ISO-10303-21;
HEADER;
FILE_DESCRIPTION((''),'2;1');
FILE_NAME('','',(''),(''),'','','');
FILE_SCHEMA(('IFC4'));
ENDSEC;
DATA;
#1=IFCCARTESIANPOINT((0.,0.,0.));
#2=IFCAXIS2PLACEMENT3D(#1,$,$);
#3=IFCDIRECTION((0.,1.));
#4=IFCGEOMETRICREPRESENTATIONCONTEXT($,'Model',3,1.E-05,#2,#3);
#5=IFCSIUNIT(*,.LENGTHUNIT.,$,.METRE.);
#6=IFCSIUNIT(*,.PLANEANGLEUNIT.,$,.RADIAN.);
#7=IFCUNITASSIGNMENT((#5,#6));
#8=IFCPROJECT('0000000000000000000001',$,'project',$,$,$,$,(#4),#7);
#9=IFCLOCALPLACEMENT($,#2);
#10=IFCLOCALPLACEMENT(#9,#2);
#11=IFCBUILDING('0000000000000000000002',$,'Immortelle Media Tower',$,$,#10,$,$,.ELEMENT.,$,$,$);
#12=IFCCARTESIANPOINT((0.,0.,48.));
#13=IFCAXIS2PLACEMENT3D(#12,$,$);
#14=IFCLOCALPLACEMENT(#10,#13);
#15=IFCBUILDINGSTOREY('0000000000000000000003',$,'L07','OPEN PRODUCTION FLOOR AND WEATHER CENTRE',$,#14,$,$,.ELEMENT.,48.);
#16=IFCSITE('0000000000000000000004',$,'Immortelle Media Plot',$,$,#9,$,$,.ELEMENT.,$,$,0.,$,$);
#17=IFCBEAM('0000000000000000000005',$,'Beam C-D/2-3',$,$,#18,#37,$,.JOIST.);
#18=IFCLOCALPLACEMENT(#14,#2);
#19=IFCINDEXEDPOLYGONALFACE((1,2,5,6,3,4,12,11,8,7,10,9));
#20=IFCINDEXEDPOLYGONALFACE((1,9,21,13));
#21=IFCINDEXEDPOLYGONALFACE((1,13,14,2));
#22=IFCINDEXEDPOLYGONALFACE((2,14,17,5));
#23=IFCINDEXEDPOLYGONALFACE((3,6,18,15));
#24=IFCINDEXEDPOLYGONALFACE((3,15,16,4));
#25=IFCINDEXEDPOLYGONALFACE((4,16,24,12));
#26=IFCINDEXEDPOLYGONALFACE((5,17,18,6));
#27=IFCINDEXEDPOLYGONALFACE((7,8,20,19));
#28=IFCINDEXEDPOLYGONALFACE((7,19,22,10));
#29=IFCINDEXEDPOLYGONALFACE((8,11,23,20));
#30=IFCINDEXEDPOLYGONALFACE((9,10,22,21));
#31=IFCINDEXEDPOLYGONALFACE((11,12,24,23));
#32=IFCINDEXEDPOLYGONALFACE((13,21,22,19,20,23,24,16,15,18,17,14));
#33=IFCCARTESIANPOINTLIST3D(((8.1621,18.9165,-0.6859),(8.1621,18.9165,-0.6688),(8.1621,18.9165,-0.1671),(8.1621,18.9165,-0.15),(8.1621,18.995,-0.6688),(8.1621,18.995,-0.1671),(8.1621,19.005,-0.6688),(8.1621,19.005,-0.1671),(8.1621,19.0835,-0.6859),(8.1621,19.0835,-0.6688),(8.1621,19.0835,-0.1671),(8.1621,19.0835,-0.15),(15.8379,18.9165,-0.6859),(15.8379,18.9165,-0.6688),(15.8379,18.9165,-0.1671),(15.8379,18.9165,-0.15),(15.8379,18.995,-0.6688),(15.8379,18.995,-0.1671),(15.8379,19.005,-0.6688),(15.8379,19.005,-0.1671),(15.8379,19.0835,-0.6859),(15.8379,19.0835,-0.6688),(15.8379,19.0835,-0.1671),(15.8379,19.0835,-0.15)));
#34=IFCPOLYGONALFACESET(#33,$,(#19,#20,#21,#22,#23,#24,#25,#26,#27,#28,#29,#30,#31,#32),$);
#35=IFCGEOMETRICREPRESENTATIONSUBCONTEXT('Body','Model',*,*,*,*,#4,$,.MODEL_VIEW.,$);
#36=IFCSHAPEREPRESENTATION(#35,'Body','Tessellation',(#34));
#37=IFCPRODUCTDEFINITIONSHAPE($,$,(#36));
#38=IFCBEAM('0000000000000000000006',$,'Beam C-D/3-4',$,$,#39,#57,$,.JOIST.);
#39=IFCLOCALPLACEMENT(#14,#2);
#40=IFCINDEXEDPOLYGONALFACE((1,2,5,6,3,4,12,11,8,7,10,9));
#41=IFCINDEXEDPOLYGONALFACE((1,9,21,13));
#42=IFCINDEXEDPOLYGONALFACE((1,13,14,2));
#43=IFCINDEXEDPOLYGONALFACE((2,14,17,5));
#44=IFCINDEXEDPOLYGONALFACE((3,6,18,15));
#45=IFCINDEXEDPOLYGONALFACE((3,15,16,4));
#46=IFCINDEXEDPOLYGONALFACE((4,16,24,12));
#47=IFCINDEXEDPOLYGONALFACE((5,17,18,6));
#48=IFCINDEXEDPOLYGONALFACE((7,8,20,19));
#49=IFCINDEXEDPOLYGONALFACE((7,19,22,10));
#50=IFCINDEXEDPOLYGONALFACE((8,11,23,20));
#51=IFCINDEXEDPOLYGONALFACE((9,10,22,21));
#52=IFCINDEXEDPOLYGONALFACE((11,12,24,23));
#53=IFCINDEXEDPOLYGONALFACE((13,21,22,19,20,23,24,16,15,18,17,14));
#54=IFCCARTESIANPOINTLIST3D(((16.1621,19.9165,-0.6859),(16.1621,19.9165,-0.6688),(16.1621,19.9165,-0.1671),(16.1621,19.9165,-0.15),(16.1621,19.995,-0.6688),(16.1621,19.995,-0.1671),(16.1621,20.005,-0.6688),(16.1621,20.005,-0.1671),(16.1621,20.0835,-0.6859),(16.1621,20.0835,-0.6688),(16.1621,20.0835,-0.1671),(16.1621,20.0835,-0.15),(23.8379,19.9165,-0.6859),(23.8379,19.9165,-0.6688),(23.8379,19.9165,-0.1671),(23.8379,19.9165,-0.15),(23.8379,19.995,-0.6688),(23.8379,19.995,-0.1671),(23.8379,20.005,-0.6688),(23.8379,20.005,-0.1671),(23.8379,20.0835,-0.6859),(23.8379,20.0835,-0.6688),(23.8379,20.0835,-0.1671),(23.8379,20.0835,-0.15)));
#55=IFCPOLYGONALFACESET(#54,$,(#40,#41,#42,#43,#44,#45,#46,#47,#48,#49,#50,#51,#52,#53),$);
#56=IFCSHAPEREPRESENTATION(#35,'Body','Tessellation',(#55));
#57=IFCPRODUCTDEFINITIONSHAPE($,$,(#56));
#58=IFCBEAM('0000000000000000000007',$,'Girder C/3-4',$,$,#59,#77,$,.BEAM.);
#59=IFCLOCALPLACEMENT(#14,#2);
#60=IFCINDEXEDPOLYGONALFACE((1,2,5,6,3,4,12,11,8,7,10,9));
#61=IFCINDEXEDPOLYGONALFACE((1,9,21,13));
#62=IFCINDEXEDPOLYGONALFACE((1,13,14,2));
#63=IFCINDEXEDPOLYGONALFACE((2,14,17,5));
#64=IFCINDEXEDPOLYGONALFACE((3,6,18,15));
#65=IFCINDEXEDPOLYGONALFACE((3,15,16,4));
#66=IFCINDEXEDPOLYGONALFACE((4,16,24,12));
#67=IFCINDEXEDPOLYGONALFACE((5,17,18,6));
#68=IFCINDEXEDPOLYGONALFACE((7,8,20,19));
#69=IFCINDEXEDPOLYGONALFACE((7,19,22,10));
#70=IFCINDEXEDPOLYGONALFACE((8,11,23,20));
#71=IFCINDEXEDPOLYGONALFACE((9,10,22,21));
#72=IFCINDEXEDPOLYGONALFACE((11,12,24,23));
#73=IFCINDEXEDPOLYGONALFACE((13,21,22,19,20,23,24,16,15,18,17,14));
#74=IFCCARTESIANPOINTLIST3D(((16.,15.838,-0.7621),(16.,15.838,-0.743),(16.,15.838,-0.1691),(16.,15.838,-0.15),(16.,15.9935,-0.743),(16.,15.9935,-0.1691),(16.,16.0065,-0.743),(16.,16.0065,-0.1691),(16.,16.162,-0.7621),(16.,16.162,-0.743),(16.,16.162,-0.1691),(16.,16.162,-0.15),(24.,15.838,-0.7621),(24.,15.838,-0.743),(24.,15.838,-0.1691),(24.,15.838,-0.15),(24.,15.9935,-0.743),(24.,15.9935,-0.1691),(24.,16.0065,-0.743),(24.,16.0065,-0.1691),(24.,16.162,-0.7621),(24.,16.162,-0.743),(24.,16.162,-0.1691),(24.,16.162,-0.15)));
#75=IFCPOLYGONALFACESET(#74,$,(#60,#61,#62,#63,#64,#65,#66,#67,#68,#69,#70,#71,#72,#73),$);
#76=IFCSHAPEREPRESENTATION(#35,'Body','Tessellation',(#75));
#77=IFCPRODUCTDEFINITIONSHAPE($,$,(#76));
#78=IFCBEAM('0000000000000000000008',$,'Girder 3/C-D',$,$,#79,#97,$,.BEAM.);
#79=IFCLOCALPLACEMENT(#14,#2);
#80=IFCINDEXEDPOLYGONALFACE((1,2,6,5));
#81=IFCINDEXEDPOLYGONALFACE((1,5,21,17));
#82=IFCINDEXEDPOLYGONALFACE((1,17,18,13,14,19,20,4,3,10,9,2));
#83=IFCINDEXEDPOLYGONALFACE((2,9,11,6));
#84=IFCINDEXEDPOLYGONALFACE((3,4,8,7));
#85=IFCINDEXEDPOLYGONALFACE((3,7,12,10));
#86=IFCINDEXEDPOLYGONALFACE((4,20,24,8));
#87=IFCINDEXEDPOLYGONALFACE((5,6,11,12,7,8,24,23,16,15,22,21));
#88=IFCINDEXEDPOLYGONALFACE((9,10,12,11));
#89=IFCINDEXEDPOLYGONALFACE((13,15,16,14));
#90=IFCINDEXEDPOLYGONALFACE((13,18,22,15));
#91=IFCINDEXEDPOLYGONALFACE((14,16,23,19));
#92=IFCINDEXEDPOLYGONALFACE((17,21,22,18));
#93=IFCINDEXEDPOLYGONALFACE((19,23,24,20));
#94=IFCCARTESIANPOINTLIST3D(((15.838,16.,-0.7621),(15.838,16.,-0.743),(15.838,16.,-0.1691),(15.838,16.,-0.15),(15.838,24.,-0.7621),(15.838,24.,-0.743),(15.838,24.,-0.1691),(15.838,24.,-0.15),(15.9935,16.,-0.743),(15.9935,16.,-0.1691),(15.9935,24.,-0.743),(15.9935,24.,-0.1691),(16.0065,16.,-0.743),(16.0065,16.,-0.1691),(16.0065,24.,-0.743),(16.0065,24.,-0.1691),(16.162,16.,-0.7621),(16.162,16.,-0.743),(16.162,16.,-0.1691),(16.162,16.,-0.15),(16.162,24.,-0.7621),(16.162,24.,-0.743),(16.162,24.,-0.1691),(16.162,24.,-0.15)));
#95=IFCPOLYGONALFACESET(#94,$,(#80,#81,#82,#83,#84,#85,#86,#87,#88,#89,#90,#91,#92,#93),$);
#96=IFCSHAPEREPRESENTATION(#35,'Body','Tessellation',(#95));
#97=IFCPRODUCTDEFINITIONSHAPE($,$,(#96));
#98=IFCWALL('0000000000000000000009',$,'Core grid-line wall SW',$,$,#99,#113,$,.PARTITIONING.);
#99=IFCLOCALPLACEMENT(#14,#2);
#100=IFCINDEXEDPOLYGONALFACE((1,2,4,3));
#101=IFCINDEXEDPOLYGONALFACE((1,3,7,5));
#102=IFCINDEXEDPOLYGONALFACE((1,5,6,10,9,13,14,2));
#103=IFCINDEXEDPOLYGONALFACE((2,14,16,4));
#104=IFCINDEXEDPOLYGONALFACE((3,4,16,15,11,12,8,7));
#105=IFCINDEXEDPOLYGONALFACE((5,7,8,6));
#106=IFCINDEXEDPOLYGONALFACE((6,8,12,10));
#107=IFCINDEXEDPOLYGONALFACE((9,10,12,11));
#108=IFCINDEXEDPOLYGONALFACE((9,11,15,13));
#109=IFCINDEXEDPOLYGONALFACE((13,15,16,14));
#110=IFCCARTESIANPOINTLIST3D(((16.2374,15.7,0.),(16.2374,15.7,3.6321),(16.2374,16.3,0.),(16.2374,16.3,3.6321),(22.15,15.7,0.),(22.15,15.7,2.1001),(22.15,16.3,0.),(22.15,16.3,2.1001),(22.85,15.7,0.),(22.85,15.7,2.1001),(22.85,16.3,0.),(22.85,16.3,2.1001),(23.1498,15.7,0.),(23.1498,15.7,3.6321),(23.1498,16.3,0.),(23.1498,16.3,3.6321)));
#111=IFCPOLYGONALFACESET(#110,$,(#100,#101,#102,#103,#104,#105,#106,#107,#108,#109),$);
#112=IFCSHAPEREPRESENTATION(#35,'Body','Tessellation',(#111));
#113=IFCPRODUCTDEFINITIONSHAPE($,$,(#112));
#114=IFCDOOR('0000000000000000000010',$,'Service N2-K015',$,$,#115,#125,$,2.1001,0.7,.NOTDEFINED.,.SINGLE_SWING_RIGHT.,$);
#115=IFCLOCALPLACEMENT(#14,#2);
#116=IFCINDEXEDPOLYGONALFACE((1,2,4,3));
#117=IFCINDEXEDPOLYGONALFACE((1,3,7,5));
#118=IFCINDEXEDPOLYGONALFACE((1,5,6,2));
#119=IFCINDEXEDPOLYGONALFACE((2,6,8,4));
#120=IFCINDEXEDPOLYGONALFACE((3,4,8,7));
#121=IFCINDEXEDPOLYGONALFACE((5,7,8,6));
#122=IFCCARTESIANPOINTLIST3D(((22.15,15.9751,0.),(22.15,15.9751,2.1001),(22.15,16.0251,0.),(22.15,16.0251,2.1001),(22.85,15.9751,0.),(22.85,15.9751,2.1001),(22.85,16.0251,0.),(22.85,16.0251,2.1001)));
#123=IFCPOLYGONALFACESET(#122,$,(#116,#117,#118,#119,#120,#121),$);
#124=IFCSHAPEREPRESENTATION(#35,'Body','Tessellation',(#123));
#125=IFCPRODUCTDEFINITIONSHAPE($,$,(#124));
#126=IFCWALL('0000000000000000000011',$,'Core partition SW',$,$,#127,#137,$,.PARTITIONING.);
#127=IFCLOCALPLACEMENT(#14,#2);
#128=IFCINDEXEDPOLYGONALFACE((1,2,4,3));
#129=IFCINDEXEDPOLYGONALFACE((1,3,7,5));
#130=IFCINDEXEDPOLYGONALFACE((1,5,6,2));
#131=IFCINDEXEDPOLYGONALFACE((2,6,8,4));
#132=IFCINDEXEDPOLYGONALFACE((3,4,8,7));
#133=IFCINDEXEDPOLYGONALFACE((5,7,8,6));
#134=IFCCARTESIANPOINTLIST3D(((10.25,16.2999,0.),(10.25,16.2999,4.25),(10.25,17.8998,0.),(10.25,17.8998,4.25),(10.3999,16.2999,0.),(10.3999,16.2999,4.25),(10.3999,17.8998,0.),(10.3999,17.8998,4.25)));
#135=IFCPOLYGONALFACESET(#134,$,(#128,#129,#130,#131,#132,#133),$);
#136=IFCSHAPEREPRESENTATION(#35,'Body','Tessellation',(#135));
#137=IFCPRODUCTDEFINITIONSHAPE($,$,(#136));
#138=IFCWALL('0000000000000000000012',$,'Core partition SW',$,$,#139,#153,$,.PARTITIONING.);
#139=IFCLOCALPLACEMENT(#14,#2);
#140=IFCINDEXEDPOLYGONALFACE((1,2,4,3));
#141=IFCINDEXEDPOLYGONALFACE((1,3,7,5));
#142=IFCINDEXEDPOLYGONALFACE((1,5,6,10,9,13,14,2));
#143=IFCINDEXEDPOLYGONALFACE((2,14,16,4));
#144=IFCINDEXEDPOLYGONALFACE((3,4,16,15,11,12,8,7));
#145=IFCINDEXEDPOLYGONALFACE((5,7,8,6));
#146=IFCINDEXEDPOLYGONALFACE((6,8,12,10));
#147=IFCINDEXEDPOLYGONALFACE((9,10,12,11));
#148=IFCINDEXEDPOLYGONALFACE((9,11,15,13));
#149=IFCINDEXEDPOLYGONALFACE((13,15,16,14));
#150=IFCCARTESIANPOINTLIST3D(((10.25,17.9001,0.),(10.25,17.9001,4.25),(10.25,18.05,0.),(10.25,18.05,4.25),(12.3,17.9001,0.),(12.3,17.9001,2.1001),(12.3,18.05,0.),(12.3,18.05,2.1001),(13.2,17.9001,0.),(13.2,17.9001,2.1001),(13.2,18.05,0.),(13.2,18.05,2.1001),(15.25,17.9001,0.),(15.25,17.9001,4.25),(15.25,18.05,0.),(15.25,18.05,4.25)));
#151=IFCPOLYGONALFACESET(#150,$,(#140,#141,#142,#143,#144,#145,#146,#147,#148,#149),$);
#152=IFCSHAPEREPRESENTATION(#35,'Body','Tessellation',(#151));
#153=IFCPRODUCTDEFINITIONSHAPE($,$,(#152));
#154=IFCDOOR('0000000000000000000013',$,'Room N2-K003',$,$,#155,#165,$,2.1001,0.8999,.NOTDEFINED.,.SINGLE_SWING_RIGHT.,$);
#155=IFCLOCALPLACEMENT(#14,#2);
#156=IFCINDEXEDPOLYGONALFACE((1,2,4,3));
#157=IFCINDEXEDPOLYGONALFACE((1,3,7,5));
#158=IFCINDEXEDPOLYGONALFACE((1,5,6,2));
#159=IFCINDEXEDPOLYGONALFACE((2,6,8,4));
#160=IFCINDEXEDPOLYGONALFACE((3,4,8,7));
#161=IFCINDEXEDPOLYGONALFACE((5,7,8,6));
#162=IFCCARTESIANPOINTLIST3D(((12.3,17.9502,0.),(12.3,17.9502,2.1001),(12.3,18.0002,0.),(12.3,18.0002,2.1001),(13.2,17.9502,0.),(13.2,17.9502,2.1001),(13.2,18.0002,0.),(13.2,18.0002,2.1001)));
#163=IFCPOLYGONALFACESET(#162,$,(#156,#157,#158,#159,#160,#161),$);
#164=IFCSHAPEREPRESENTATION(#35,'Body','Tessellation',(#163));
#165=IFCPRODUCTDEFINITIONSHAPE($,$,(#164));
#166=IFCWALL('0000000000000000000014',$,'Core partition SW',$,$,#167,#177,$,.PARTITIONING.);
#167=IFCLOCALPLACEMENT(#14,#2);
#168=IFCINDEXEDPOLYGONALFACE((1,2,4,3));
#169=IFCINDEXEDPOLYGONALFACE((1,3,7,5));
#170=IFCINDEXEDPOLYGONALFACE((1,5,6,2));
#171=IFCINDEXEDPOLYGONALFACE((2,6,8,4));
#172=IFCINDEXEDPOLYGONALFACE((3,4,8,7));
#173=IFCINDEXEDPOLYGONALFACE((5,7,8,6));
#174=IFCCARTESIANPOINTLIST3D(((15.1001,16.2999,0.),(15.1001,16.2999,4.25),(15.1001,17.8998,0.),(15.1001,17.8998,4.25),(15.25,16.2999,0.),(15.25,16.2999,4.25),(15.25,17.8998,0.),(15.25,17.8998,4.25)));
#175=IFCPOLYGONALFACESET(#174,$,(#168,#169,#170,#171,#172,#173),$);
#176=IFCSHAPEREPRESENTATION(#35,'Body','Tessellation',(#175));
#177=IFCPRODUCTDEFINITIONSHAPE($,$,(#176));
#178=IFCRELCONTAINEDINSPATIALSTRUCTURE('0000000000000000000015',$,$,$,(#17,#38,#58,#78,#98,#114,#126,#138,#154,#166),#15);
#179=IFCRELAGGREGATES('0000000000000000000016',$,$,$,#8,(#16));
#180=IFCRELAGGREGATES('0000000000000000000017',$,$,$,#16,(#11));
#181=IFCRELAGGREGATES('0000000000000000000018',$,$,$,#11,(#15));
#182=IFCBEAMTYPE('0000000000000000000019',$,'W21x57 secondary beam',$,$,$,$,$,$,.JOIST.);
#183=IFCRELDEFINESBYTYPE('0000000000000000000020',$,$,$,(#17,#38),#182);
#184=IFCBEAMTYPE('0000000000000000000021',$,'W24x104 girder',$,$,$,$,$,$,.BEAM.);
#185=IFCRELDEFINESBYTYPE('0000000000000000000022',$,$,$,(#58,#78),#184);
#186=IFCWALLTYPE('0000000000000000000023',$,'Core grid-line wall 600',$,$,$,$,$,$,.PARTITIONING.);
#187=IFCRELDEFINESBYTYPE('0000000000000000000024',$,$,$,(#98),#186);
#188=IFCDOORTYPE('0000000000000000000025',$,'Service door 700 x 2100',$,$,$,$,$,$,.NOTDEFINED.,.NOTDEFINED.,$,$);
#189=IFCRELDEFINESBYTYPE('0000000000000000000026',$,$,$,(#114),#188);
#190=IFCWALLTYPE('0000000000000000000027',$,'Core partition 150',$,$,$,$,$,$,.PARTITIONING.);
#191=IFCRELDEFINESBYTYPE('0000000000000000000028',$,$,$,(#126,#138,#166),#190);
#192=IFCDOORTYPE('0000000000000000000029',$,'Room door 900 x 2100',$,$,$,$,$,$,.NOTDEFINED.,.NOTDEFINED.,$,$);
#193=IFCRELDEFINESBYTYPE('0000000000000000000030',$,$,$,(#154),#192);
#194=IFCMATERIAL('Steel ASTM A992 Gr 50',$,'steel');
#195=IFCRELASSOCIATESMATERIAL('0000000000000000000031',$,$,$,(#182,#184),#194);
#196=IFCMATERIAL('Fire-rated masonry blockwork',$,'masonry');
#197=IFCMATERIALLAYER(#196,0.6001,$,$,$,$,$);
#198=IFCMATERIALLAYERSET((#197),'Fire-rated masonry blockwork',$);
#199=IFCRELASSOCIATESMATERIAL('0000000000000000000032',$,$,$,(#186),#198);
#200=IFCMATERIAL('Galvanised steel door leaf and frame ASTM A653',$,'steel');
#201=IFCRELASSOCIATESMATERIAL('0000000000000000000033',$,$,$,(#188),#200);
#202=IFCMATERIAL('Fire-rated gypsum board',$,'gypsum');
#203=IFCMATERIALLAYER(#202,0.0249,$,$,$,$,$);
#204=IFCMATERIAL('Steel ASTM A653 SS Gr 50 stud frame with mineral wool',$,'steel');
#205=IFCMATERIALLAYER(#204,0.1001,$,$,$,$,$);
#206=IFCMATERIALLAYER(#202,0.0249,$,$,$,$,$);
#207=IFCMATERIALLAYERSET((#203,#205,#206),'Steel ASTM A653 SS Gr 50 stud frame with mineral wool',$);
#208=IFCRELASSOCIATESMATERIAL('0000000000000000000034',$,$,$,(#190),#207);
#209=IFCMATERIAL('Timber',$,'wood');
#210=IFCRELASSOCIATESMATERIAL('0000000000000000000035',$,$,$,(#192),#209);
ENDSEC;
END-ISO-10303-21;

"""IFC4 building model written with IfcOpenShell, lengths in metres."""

from ifc_helpers import new_model, si_unit, direction, frame, frame_2d, origin, origin_2d, place, context, subcontext, project, spatial, rectangle, i_section, extrude, material, layer, layer_set, material_profile, profile_set, type_object, element, fill, save


model = new_model("IFC4")

# Units and contexts
model_context = context("Model", 3, precision=1e-05, world=origin(), true_north=direction((0.0, 1.0)))
body_context = subcontext(model_context, "Body", "Model", "MODEL_VIEW")
ifc_project = project(units=[si_unit("LENGTHUNIT", "METRE"), si_unit("PLANEANGLEUNIT", "RADIAN")], contexts=[model_context])

# Site, building, storey
site_placement = place(None, origin())
site = spatial("IfcSite", under=ifc_project, at=site_placement, Name="Immortelle Media Plot", CompositionType="ELEMENT", RefElevation=0.0)
building_placement = place(site_placement, origin())
building = spatial("IfcBuilding", under=site, at=building_placement, Name="Immortelle Media Tower", CompositionType="ELEMENT")
storey_placement = place(building_placement, frame((0.0, 0.0, 48.0)))
storey = spatial("IfcBuildingStorey", under=building, at=storey_placement, Name="L07", Description="OPEN PRODUCTION FLOOR AND WEATHER CENTRE", CompositionType="ELEMENT", Elevation=48.0)

# Beams
ifc_material_1 = material(Name="Steel ASTM A992 Gr 50", Category="steel")
ifc_material_profile_1 = material_profile(ifc_material_1, i_section(OverallWidth=0.167, OverallDepth=0.5359, WebThickness=0.01, FlangeThickness=0.0171, at=origin_2d()), Name="W21x57")
ifc_profile_set_1 = profile_set([ifc_material_profile_1], Name="Steel ASTM A992 Gr 50")
beam_type_1 = type_object("IfcBeamType", Name="W21x57 secondary beam", PredefinedType="JOIST", material=ifc_profile_set_1)
for number, where, z_axis, x_axis, name in (
    (1, (8.1621, 19.0, -0.418), (1.0, 0.0, 0.0), (0.0, 1.0, 0.0), "Beam C-D/2-3"),
    (2, (16.1621, 20.0, -0.418), (1.0, 0.0, 0.0), (0.0, 1.0, 0.0), "Beam C-D/3-4"),
):
    element("IfcBeam", number, at=place(storey_placement, frame(where, z_axis=z_axis, x_axis=x_axis)), inside=storey, type_object=beam_type_1, Name=name, PredefinedType="JOIST", context=body_context, shape_type="SweptSolid", body=[
        extrude(i_section(OverallWidth=0.167, OverallDepth=0.5359, WebThickness=0.01, FlangeThickness=0.0171, at=origin_2d()), origin(), (0.0, 0.0, 1.0), 7.6758),
    ])
ifc_material_profile_2 = material_profile(ifc_material_1, i_section(OverallWidth=0.324, OverallDepth=0.6121, WebThickness=0.0129, FlangeThickness=0.019, at=origin_2d()), Name="W24x104")
ifc_profile_set_2 = profile_set([ifc_material_profile_2], Name="Steel ASTM A992 Gr 50")
beam_type_2 = type_object("IfcBeamType", Name="W24x104 girder", PredefinedType="BEAM", material=ifc_profile_set_2)
for number, where, z_axis, x_axis, name in (
    (3, (16.0, 16.0, -0.4561), (1.0, 0.0, 0.0), (0.0, 1.0, 0.0), "Girder C/3-4"),
    (4, (16.0, 16.0, -0.4561), (0.0, 1.0, 0.0), (-1.0, 0.0, 0.0), "Girder 3/C-D"),
):
    element("IfcBeam", number, at=place(storey_placement, frame(where, z_axis=z_axis, x_axis=x_axis)), inside=storey, type_object=beam_type_2, Name=name, PredefinedType="BEAM", context=body_context, shape_type="SweptSolid", body=[
        extrude(i_section(OverallWidth=0.324, OverallDepth=0.6121, WebThickness=0.0129, FlangeThickness=0.019, at=origin_2d()), origin(), (0.0, 0.0, 1.0), 8.0),
    ])

# Wall, opening, door
ifc_material_2 = material(Name="Fire-rated masonry blockwork", Category="masonry")
ifc_layer_1 = layer(ifc_material_2, 0.6001)
ifc_layer_set_1 = layer_set([ifc_layer_1], Name="Fire-rated masonry blockwork")
wall_type_1 = type_object("IfcWallType", Name="Core grid-line wall 600", PredefinedType="PARTITIONING", material=ifc_layer_set_1)
wall_1_placement = place(storey_placement, frame((16.2375, 16.0, 0.0), z_axis=(0.0, 0.0, 1.0), x_axis=(1.0, 0.0, 0.0)))
wall_1 = element("IfcWall", 5, at=wall_1_placement, inside=storey, type_object=wall_type_1, Name="Core grid-line wall SW", PredefinedType="PARTITIONING", context=body_context, shape_type="SweptSolid", body=[
    extrude(rectangle(XDim=6.9124, YDim=0.6001, at=frame_2d((3.4561, 0.0))), origin(), (0.0, 0.0, 1.0), 3.6321),
])
opening_1_placement = place(wall_1_placement, frame((6.6125, 0.0, 0.0), z_axis=(0.0, 0.0, 1.0), x_axis=(-1.0, 0.0, 0.0)))
opening_1 = element("IfcOpeningElement", 6, at=opening_1_placement, cuts=wall_1, PredefinedType="OPENING", context=body_context, shape_type="SweptSolid", body=[
    extrude(rectangle(XDim=0.7, YDim=2.1001, at=frame_2d((0.3501, 1.05))), frame((0.0, 0.3101, 0.0), z_axis=(0.0, -1.0, 0.0), x_axis=(1.0, 0.0, 0.0)), (0.0, 0.0, 1.0), 0.6201),
])
ifc_material_3 = material(Name="Galvanised steel door leaf and frame ASTM A653", Category="steel")
door_type_1 = type_object("IfcDoorType", Name="Service door 700 x 2100", OperationType="NOTDEFINED", PredefinedType="NOTDEFINED", material=ifc_material_3)
door_1_placement = place(opening_1_placement, origin())
door_1 = element("IfcDoor", 7, at=door_1_placement, inside=storey, type_object=door_type_1, Name="Service N2-K015", OperationType="SINGLE_SWING_RIGHT", OverallHeight=2.1001, OverallWidth=0.7, PredefinedType="NOTDEFINED", context=body_context, shape_type="SweptSolid", body=[
    extrude(rectangle(XDim=0.7, YDim=2.1001, at=frame_2d((0.3501, 1.05))), frame((0.0, 0.0249, 0.0), z_axis=(0.0, -1.0, 0.0), x_axis=(1.0, 0.0, 0.0)), (0.0, 0.0, 1.0), 0.05),
])
fill(opening_1, door_1)

# Wall
ifc_material_4 = material(Name="Fire-rated gypsum board", Category="gypsum")
ifc_layer_2 = layer(ifc_material_4, 0.0249)
ifc_material_5 = material(Name="Steel ASTM A653 SS Gr 50 stud frame with mineral wool", Category="steel")
ifc_layer_3 = layer(ifc_material_5, 0.1001)
ifc_layer_4 = layer(ifc_material_4, 0.0249)
ifc_layer_set_2 = layer_set([ifc_layer_2, ifc_layer_3, ifc_layer_4], Name="Steel ASTM A653 SS Gr 50 stud frame with mineral wool")
wall_type_2 = type_object("IfcWallType", Name="Core partition 150", PredefinedType="PARTITIONING", material=ifc_layer_set_2)
wall_2_placement = place(storey_placement, frame((10.325, 16.3, 0.0), z_axis=(0.0, 0.0, 1.0), x_axis=(0.0, 1.0, 0.0)))
element("IfcWall", 8, at=wall_2_placement, inside=storey, type_object=wall_type_2, Name="Core partition SW", PredefinedType="PARTITIONING", context=body_context, shape_type="SweptSolid", body=[
    extrude(rectangle(XDim=1.5999, YDim=0.1499, at=frame_2d((0.7998, 0.0))), origin(), (0.0, 0.0, 1.0), 4.25),
])

# Wall, opening, door
wall_3_placement = place(storey_placement, frame((10.25, 17.9751, 0.0), z_axis=(0.0, 0.0, 1.0), x_axis=(1.0, 0.0, 0.0)))
wall_3 = element("IfcWall", 9, at=wall_3_placement, inside=storey, type_object=wall_type_2, Name="Core partition SW", PredefinedType="PARTITIONING", context=body_context, shape_type="SweptSolid", body=[
    extrude(rectangle(XDim=5.0, YDim=0.1499, at=frame_2d((2.5, 0.0))), origin(), (0.0, 0.0, 1.0), 4.25),
])
opening_2_placement = place(wall_3_placement, frame((2.95, 0.0, 0.0), z_axis=(0.0, 0.0, 1.0), x_axis=(-1.0, 0.0, 0.0)))
opening_2 = element("IfcOpeningElement", 10, at=opening_2_placement, cuts=wall_3, PredefinedType="OPENING", context=body_context, shape_type="SweptSolid", body=[
    extrude(rectangle(XDim=0.8999, YDim=2.1001, at=frame_2d((0.45, 1.05))), frame((0.0, 0.085, 0.0), z_axis=(0.0, -1.0, 0.0), x_axis=(1.0, 0.0, 0.0)), (0.0, 0.0, 1.0), 0.1699),
])
ifc_material_6 = material(Name="Timber", Category="wood")
door_type_2 = type_object("IfcDoorType", Name="Room door 900 x 2100", OperationType="NOTDEFINED", PredefinedType="NOTDEFINED", material=ifc_material_6)
door_2_placement = place(opening_2_placement, origin())
door_2 = element("IfcDoor", 11, at=door_2_placement, inside=storey, type_object=door_type_2, Name="Room N2-K003", OperationType="SINGLE_SWING_RIGHT", OverallHeight=2.1001, OverallWidth=0.8999, PredefinedType="NOTDEFINED", context=body_context, shape_type="SweptSolid", body=[
    extrude(rectangle(XDim=0.8999, YDim=2.1001, at=frame_2d((0.45, 1.05))), frame((0.0, 0.0249, 0.0), z_axis=(0.0, -1.0, 0.0), x_axis=(1.0, 0.0, 0.0)), (0.0, 0.0, 1.0), 0.05),
])
fill(opening_2, door_2)

# Wall
wall_4_placement = place(storey_placement, frame((15.175, 16.3, 0.0), z_axis=(0.0, 0.0, 1.0), x_axis=(0.0, 1.0, 0.0)))
element("IfcWall", 12, at=wall_4_placement, inside=storey, type_object=wall_type_2, Name="Core partition SW", PredefinedType="PARTITIONING", context=body_context, shape_type="SweptSolid", body=[
    extrude(rectangle(XDim=1.5999, YDim=0.1499, at=frame_2d((0.7998, 0.0))), origin(), (0.0, 0.0, 1.0), 4.25),
])

save(model, "model.ifc")
